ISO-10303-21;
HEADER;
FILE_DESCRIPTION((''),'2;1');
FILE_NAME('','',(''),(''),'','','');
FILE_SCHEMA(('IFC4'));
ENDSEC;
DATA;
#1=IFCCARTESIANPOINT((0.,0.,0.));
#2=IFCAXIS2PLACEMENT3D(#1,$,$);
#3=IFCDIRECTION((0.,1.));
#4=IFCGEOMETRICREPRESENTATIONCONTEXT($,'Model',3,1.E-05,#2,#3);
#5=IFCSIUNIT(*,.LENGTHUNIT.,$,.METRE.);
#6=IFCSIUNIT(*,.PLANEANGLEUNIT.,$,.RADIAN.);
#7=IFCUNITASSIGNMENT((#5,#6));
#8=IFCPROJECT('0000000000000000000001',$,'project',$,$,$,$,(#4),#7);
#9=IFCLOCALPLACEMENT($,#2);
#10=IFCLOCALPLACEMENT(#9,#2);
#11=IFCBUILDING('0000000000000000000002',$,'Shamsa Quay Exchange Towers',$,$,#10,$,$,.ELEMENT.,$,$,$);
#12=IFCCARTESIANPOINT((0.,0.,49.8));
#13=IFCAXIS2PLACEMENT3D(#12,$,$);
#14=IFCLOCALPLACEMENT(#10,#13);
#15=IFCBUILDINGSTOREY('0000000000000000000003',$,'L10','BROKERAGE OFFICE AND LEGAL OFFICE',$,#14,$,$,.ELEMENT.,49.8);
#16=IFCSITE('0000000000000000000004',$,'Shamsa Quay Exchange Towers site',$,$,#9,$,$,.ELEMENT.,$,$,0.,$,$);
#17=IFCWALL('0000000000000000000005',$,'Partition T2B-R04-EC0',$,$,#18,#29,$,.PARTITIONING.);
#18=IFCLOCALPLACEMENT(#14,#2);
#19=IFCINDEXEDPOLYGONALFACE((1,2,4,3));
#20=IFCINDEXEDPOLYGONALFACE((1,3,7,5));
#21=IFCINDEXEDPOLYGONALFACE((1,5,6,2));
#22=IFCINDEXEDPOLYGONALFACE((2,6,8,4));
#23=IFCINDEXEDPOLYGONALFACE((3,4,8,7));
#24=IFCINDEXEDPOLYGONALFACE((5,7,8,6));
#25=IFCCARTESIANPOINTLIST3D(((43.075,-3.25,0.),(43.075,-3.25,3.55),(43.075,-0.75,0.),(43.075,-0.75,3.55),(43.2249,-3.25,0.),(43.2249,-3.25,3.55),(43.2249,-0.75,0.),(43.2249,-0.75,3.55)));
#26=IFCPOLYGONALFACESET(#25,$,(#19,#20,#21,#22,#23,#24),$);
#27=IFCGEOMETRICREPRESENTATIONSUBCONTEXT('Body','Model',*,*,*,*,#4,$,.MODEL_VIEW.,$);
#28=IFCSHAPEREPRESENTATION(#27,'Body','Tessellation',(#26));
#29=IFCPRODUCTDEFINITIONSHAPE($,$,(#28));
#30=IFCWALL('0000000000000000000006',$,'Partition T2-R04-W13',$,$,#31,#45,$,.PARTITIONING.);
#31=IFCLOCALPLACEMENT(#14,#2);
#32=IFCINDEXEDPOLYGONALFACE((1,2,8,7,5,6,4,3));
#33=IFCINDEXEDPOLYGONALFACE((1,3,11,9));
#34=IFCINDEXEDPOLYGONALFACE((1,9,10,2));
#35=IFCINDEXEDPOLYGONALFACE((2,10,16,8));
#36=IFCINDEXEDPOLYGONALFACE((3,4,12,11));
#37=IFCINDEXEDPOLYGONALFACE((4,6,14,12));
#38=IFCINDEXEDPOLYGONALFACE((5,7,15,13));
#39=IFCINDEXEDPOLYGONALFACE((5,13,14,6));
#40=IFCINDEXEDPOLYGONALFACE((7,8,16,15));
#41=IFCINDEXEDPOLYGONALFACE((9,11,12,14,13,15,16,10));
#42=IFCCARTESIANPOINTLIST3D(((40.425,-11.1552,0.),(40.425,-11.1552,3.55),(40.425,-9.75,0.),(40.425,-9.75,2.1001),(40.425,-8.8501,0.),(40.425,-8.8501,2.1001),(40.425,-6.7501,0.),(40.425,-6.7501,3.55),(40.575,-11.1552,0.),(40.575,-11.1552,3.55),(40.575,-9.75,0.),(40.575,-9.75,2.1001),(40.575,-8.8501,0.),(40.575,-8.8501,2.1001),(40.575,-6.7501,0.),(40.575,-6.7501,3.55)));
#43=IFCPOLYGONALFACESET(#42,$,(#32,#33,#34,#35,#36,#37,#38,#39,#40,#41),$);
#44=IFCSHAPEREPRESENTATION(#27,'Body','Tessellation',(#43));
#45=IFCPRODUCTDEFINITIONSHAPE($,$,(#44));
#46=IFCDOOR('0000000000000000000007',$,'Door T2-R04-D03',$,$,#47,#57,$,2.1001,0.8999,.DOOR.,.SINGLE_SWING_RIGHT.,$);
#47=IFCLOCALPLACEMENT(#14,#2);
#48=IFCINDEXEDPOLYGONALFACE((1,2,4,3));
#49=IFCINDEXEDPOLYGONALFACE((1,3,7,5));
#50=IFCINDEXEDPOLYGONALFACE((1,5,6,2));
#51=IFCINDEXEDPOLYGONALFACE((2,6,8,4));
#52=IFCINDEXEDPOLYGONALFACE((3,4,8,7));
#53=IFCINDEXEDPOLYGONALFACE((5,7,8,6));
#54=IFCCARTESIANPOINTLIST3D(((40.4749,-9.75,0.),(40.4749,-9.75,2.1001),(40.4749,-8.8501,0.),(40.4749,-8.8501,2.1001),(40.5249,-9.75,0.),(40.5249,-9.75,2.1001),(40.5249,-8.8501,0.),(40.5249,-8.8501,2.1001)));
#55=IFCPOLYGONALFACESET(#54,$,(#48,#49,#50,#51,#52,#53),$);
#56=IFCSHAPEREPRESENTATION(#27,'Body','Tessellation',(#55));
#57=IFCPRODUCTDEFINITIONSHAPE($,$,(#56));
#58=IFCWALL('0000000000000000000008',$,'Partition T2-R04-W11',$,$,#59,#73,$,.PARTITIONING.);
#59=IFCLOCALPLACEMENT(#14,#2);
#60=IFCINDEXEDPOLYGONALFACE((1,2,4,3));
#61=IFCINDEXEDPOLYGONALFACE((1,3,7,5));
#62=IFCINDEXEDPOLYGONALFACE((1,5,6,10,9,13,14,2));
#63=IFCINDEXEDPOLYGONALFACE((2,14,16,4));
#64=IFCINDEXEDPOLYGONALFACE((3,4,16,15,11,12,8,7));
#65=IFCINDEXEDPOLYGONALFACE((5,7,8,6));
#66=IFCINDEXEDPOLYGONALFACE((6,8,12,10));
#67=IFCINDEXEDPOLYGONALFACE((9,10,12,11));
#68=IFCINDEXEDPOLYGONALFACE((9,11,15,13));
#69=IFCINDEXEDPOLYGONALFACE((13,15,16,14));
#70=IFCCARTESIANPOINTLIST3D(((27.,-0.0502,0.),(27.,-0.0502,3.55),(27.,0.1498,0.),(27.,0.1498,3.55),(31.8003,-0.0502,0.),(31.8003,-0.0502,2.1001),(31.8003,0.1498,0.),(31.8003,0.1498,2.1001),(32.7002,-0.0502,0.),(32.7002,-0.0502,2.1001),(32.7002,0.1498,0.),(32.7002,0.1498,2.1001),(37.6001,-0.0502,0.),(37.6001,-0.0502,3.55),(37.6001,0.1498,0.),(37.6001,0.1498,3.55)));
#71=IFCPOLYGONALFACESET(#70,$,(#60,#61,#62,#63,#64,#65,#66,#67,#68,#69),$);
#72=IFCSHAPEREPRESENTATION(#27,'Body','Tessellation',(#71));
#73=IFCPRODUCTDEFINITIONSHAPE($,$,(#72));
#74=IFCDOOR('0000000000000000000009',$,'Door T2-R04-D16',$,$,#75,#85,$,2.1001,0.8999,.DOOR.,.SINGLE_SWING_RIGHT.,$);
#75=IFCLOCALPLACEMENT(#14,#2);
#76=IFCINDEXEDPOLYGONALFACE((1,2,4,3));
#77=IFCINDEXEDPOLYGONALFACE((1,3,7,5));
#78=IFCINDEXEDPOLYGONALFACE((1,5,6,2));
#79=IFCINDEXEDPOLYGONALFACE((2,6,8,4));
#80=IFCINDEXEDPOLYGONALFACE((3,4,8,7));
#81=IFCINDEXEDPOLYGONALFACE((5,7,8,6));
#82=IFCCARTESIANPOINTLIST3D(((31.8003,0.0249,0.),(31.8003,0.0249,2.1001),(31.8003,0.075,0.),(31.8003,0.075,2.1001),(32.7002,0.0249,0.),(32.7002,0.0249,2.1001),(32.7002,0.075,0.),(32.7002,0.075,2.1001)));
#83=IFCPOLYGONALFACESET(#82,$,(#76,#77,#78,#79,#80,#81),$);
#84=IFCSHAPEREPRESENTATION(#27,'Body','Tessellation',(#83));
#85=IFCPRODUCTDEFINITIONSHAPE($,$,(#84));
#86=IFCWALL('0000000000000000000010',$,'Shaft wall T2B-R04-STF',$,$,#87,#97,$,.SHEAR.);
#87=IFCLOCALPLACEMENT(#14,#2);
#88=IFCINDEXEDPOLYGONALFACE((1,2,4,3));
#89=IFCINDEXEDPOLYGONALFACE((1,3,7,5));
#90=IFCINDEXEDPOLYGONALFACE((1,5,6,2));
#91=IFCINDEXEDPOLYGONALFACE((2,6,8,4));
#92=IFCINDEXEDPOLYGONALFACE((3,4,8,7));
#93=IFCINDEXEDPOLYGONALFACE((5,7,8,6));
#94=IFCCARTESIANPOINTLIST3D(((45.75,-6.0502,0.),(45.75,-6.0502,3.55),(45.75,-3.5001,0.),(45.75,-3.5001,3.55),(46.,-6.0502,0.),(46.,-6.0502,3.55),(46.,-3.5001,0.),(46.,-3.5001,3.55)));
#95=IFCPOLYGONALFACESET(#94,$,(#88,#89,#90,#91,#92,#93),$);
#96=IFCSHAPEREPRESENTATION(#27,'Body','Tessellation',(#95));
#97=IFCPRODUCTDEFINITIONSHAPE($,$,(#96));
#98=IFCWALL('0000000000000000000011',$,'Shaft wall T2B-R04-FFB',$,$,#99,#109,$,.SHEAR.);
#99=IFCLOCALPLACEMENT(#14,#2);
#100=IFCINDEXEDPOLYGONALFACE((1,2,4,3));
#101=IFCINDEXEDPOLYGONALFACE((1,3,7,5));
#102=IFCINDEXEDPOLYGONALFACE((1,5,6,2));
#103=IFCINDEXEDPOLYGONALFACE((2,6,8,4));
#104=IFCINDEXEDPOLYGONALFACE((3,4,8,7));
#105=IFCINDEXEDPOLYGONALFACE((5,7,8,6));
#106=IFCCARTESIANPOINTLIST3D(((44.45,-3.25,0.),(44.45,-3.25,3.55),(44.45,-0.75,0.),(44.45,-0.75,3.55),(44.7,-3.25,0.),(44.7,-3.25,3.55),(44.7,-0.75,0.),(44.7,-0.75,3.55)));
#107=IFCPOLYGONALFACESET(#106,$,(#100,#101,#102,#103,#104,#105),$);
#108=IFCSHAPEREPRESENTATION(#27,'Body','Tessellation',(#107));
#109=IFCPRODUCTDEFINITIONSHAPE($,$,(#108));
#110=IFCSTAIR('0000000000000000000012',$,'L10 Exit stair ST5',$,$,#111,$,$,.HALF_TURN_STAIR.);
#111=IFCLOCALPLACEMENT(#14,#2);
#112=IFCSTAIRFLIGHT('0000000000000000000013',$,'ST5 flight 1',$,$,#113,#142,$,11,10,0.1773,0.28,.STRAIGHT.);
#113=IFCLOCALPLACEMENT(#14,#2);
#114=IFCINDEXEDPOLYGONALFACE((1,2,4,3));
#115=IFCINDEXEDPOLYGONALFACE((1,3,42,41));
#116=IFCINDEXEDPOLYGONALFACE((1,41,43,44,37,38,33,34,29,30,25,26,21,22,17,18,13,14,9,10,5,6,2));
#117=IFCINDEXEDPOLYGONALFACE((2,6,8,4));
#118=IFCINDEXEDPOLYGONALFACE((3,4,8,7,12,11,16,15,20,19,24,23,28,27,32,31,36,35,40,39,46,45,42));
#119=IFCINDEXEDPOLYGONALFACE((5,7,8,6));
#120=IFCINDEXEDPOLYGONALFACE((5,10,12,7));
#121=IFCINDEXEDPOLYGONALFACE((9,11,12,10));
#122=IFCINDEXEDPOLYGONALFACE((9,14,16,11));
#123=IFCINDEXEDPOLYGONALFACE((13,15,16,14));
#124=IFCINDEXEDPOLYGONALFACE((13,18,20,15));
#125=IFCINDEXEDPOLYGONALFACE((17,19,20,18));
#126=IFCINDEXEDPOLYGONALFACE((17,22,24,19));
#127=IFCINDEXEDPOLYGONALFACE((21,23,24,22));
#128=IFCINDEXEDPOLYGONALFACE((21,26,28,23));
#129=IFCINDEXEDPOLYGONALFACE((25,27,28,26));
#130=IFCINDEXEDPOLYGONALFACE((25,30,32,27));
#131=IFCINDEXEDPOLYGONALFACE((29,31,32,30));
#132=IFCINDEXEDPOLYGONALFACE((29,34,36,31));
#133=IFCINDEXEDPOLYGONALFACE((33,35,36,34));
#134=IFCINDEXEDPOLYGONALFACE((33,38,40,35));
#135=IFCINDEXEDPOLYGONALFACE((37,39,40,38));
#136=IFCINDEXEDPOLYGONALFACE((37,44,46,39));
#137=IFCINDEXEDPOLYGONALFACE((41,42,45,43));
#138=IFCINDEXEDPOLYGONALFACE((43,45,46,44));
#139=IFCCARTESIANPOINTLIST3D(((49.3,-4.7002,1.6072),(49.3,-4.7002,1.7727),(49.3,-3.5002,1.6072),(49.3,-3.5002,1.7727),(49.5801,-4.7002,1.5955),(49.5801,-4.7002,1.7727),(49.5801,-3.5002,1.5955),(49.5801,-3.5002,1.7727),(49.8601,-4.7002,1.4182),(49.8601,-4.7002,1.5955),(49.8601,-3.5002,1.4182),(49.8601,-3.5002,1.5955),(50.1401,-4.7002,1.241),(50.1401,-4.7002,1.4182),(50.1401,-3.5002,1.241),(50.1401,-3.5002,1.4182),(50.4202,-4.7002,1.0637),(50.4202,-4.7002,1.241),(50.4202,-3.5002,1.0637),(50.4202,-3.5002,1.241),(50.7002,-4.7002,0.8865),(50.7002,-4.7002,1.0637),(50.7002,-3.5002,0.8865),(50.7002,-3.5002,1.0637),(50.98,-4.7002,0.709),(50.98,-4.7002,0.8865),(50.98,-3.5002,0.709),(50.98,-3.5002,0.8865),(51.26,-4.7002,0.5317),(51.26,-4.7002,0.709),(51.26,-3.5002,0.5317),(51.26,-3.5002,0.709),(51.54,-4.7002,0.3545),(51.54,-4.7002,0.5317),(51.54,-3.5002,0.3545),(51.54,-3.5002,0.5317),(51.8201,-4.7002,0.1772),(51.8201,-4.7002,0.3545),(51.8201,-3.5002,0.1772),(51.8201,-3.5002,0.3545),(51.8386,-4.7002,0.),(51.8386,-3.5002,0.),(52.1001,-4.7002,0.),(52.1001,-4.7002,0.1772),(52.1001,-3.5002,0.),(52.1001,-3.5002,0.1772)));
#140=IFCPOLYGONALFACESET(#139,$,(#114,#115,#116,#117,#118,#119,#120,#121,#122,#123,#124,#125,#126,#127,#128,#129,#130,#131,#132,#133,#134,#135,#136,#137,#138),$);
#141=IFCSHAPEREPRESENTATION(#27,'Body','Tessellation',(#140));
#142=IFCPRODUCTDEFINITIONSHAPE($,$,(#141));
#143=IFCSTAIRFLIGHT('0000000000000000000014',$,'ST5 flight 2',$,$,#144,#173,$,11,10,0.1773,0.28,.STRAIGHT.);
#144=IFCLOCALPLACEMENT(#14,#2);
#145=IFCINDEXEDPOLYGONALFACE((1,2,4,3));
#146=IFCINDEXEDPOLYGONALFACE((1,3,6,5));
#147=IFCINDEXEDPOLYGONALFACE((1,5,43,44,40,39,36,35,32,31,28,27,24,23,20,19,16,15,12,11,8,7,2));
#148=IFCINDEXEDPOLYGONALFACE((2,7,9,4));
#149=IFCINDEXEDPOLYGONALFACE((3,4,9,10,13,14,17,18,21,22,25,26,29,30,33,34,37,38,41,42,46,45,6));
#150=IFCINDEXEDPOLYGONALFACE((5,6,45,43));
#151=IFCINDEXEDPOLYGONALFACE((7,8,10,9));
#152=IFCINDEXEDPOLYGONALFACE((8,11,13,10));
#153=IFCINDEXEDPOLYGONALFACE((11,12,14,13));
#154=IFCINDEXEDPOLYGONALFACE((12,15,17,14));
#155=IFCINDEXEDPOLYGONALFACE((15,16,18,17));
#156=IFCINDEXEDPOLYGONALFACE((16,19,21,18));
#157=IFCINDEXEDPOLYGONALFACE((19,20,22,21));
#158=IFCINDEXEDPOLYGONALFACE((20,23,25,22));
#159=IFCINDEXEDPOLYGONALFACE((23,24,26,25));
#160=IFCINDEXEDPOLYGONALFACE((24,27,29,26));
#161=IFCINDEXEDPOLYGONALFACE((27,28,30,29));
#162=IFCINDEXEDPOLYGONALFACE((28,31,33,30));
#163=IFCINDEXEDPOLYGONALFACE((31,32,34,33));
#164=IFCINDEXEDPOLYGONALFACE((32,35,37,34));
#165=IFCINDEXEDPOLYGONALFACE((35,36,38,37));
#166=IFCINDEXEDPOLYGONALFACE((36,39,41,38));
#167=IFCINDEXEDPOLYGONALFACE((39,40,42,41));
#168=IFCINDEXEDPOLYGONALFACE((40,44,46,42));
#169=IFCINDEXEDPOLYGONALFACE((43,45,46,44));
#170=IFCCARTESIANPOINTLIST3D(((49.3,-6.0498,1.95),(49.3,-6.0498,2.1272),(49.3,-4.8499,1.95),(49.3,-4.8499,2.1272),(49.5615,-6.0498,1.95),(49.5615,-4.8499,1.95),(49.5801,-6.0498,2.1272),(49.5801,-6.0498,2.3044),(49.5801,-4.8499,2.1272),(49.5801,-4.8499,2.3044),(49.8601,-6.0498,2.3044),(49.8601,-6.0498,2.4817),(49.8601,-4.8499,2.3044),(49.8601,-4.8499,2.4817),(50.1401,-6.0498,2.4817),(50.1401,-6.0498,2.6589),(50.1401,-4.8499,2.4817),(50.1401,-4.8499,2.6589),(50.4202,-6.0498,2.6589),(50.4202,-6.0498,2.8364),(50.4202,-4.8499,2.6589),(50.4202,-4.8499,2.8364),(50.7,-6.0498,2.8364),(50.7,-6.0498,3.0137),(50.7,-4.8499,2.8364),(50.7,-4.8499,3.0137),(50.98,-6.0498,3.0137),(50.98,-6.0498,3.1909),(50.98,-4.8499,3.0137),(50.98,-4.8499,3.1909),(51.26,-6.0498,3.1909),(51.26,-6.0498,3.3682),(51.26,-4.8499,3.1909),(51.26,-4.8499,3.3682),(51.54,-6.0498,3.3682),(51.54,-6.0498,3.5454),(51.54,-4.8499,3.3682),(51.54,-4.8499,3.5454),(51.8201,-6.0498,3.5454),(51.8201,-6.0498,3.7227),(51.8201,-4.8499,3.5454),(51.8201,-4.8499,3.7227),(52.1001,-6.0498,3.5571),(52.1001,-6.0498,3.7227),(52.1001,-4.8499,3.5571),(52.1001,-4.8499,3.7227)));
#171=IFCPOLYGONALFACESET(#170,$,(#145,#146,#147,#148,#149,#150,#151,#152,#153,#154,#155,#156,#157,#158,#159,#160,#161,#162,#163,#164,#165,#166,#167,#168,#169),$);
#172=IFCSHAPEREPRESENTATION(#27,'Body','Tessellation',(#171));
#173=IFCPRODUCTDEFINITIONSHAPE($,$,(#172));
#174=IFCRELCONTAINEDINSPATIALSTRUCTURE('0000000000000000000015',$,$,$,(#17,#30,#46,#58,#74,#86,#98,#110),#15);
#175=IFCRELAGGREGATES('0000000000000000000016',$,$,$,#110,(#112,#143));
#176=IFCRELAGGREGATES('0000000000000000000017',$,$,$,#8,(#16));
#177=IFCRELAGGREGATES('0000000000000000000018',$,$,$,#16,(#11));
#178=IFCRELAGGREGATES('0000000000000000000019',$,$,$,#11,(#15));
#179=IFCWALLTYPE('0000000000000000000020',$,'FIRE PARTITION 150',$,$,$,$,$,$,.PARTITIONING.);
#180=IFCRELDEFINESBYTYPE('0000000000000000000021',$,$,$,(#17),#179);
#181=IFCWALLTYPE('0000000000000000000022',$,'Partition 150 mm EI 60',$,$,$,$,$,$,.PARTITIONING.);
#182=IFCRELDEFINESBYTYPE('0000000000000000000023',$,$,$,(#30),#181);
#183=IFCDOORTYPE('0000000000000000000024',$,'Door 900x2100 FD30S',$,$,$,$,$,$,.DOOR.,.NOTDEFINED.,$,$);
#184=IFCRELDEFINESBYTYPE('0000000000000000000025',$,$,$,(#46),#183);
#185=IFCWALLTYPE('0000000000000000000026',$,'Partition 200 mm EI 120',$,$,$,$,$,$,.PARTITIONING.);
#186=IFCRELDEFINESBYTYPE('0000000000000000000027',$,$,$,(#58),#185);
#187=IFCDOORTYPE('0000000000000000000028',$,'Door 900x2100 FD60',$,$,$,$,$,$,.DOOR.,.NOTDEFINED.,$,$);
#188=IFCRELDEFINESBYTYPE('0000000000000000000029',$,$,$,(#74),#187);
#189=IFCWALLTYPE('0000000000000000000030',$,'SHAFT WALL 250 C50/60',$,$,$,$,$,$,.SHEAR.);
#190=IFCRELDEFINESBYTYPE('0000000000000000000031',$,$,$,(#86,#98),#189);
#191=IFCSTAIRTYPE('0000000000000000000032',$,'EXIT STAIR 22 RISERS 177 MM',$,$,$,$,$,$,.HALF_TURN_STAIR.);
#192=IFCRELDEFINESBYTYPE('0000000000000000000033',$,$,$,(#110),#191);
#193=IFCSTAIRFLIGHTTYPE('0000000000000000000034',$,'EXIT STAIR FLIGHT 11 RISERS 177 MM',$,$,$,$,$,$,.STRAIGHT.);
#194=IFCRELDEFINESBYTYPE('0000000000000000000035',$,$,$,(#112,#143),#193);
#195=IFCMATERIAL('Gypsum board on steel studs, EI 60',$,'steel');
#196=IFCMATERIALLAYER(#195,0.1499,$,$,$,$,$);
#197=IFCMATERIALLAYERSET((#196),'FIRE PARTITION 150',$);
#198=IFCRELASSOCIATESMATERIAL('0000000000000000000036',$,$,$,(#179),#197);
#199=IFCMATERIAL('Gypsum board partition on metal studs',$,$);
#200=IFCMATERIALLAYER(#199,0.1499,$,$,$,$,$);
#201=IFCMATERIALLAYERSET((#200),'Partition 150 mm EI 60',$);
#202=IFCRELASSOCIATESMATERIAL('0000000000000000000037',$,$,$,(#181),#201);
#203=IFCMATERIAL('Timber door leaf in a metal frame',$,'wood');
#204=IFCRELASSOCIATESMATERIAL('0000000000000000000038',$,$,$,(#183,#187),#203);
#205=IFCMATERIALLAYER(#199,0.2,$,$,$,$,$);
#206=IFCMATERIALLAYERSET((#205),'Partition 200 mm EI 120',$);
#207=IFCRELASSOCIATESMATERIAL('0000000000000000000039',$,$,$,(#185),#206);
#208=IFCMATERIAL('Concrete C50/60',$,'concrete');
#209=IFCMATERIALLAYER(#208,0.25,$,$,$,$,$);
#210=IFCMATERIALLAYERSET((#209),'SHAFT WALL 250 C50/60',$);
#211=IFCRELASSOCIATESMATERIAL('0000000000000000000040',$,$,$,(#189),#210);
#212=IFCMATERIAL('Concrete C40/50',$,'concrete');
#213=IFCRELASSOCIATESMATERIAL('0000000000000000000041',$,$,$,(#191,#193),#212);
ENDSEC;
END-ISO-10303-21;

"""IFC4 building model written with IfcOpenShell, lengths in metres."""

from ifc_helpers import new_model, si_unit, direction, frame, frame_2d, origin, place, context, subcontext, project, spatial, polyline, rectangle, outline, extrude, material, layer, layer_set, type_object, element, fill, aggregate, save


model = new_model("IFC4")

# Units and contexts
model_context = context("Model", 3, precision=1e-05, world=origin(), true_north=direction((0.0, 1.0)))
body_context = subcontext(model_context, "Body", "Model", "MODEL_VIEW")
ifc_project = project(units=[si_unit("LENGTHUNIT", "METRE"), si_unit("PLANEANGLEUNIT", "RADIAN")], contexts=[model_context])

# Site, building, storey
site_placement = place(None, origin())
site = spatial("IfcSite", under=ifc_project, at=site_placement, Name="Shamsa Quay Exchange Towers site", CompositionType="ELEMENT", RefElevation=0.0)
building_placement = place(site_placement, origin())
building = spatial("IfcBuilding", under=site, at=building_placement, Name="Shamsa Quay Exchange Towers", CompositionType="ELEMENT")
storey_placement = place(building_placement, frame((0.0, 0.0, 49.8)))
storey = spatial("IfcBuildingStorey", under=building, at=storey_placement, Name="L10", Description="BROKERAGE OFFICE AND LEGAL OFFICE", CompositionType="ELEMENT", Elevation=49.8)

# Wall
ifc_material_1 = material(Name="Gypsum board on steel studs, EI 60", Category="steel")
ifc_layer_1 = layer(ifc_material_1, 0.1499)
ifc_layer_set_1 = layer_set([ifc_layer_1], Name="FIRE PARTITION 150")
wall_type_1 = type_object("IfcWallType", Name="FIRE PARTITION 150", PredefinedType="PARTITIONING", material=ifc_layer_set_1)
wall_1_placement = place(storey_placement, frame((43.1499, -3.25, 0.0), z_axis=(0.0, 0.0, 1.0), x_axis=(0.0, 1.0, 0.0)))
element("IfcWall", 1, at=wall_1_placement, inside=storey, type_object=wall_type_1, Name="Partition T2B-R04-EC0", PredefinedType="PARTITIONING", context=body_context, shape_type="SweptSolid", body=[
    extrude(rectangle(XDim=2.5, YDim=0.1499, at=frame_2d((1.25, 0.0))), origin(), (0.0, 0.0, 1.0), 3.55),
])

# Walls, openings, doors
ifc_material_2 = material(Name="Gypsum board partition on metal studs")
ifc_layer_2 = layer(ifc_material_2, 0.1499)
ifc_layer_set_2 = layer_set([ifc_layer_2], Name="Partition 150 mm EI 60")
wall_type_2 = type_object("IfcWallType", Name="Partition 150 mm EI 60", PredefinedType="PARTITIONING", material=ifc_layer_set_2)
wall_2_placement = place(storey_placement, frame((40.5, -6.75, 0.0), z_axis=(0.0, 0.0, 1.0), x_axis=(0.0, -1.0, 0.0)))
wall_2 = element("IfcWall", 2, at=wall_2_placement, inside=storey, type_object=wall_type_2, Name="Partition T2-R04-W13", PredefinedType="PARTITIONING", context=body_context, shape_type="SweptSolid", body=[
    extrude(rectangle(XDim=4.405, YDim=0.1499, at=frame_2d((2.2026, 0.0))), origin(), (0.0, 0.0, 1.0), 3.55),
])
opening_1_placement = place(wall_2_placement, frame((2.1001, 0.0, 0.0)))
opening_1 = element("IfcOpeningElement", 3, at=opening_1_placement, cuts=wall_2, PredefinedType="OPENING", context=body_context, shape_type="SweptSolid", body=[
    extrude(rectangle(XDim=0.8999, YDim=2.1001, at=frame_2d((0.45, 1.05))), frame((0.0, 0.085, 0.0), z_axis=(0.0, -1.0, 0.0), x_axis=(1.0, 0.0, 0.0)), (0.0, 0.0, 1.0), 0.1699),
])
ifc_material_3 = material(Name="Timber door leaf in a metal frame", Category="wood")
door_type_1 = type_object("IfcDoorType", Name="Door 900x2100 FD30S", OperationType="NOTDEFINED", PredefinedType="DOOR", material=ifc_material_3)
door_1_placement = place(opening_1_placement, origin())
door_1 = element("IfcDoor", 4, at=door_1_placement, inside=storey, type_object=door_type_1, Name="Door T2-R04-D03", OperationType="SINGLE_SWING_RIGHT", OverallHeight=2.1001, OverallWidth=0.8999, PredefinedType="DOOR", context=body_context, shape_type="SweptSolid", body=[
    extrude(rectangle(XDim=0.8999, YDim=2.1001, at=frame_2d((0.45, 1.05))), frame((0.0, 0.0249, 0.0), z_axis=(0.0, -1.0, 0.0), x_axis=(1.0, 0.0, 0.0)), (0.0, 0.0, 1.0), 0.05),
])
fill(opening_1, door_1)
ifc_layer_3 = layer(ifc_material_2, 0.2)
ifc_layer_set_3 = layer_set([ifc_layer_3], Name="Partition 200 mm EI 120")
wall_type_3 = type_object("IfcWallType", Name="Partition 200 mm EI 120", PredefinedType="PARTITIONING", material=ifc_layer_set_3)
wall_3_placement = place(storey_placement, frame((37.6001, 0.0498, 0.0), z_axis=(0.0, 0.0, 1.0), x_axis=(-1.0, 0.0, 0.0)))
wall_3 = element("IfcWall", 5, at=wall_3_placement, inside=storey, type_object=wall_type_3, Name="Partition T2-R04-W11", PredefinedType="PARTITIONING", context=body_context, shape_type="SweptSolid", body=[
    extrude(rectangle(XDim=10.6001, YDim=0.2, at=frame_2d((5.3, 0.0))), origin(), (0.0, 0.0, 1.0), 3.55),
])
opening_2_placement = place(wall_3_placement, frame((4.8999, 0.0, 0.0)))
opening_2 = element("IfcOpeningElement", 6, at=opening_2_placement, cuts=wall_3, PredefinedType="OPENING", context=body_context, shape_type="SweptSolid", body=[
    extrude(rectangle(XDim=0.8999, YDim=2.1001, at=frame_2d((0.45, 1.05))), frame((0.0, 0.1099, 0.0), z_axis=(0.0, -1.0, 0.0), x_axis=(1.0, 0.0, 0.0)), (0.0, 0.0, 1.0), 0.22),
])
door_type_2 = type_object("IfcDoorType", Name="Door 900x2100 FD60", OperationType="NOTDEFINED", PredefinedType="DOOR", material=ifc_material_3)
door_2_placement = place(opening_2_placement, origin())
door_2 = element("IfcDoor", 7, at=door_2_placement, inside=storey, type_object=door_type_2, Name="Door T2-R04-D16", OperationType="SINGLE_SWING_RIGHT", OverallHeight=2.1001, OverallWidth=0.8999, PredefinedType="DOOR", context=body_context, shape_type="SweptSolid", body=[
    extrude(rectangle(XDim=0.8999, YDim=2.1001, at=frame_2d((0.45, 1.05))), frame((0.0, 0.0249, 0.0), z_axis=(0.0, -1.0, 0.0), x_axis=(1.0, 0.0, 0.0)), (0.0, 0.0, 1.0), 0.05),
])
fill(opening_2, door_2)

# Wall
ifc_material_4 = material(Name="Concrete C50/60", Category="concrete")
ifc_layer_4 = layer(ifc_material_4, 0.25)
ifc_layer_set_4 = layer_set([ifc_layer_4], Name="SHAFT WALL 250 C50/60")
wall_type_4 = type_object("IfcWallType", Name="SHAFT WALL 250 C50/60", PredefinedType="SHEAR", material=ifc_layer_set_4)
wall_4_placement = place(storey_placement, frame((45.875, -6.05, 0.0), z_axis=(0.0, 0.0, 1.0), x_axis=(0.0, 1.0, 0.0)))
element("IfcWall", 8, at=wall_4_placement, inside=storey, type_object=wall_type_4, Name="Shaft wall T2B-R04-STF", PredefinedType="SHEAR", context=body_context, shape_type="SweptSolid", body=[
    extrude(rectangle(XDim=2.55, YDim=0.25, at=frame_2d((1.2749, 0.0))), origin(), (0.0, 0.0, 1.0), 3.55),
])

# Wall
wall_5_placement = place(storey_placement, frame((44.575, -3.25, 0.0), z_axis=(0.0, 0.0, 1.0), x_axis=(0.0, 1.0, 0.0)))
element("IfcWall", 9, at=wall_5_placement, inside=storey, type_object=wall_type_4, Name="Shaft wall T2B-R04-FFB", PredefinedType="SHEAR", context=body_context, shape_type="SweptSolid", body=[
    extrude(rectangle(XDim=2.5, YDim=0.25, at=frame_2d((1.25, 0.0))), origin(), (0.0, 0.0, 1.0), 3.55),
])

# Stair, stair flights
ifc_material_5 = material(Name="Concrete C40/50", Category="concrete")
stair_type = type_object("IfcStairType", Name="EXIT STAIR 22 RISERS 177 MM", PredefinedType="HALF_TURN_STAIR", material=ifc_material_5)
stair_placement = place(storey_placement, origin())
stair = element("IfcStair", 10, at=stair_placement, inside=storey, type_object=stair_type, Name="L10 Exit stair ST5", PredefinedType="HALF_TURN_STAIR")
stair_flight_type = type_object("IfcStairFlightType", Name="EXIT STAIR FLIGHT 11 RISERS 177 MM", PredefinedType="STRAIGHT", material=ifc_material_5)
stair_flight_1_placement = place(storey_placement, frame((52.1001, -4.1001, 0.0), z_axis=(0.0, 0.0, 1.0), x_axis=(-1.0, 0.0, 0.0)))
stair_flight_1 = element("IfcStairFlight", 11, at=stair_flight_1_placement, type_object=stair_flight_type, Name="ST5 flight 1", NumberOfRisers=11, NumberOfTreads=10, PredefinedType="STRAIGHT", RiserHeight=0.1773, TreadLength=0.28, context=body_context, shape_type="SweptSolid", body=[
    extrude(outline(polyline([(0.0, 0.0), (0.0, 0.1772), (0.28, 0.1772), (0.28, 0.3545), (0.5601, 0.3545), (0.5601, 0.5317), (0.8401, 0.5317), (0.8401, 0.709), (1.1201, 0.709), (1.1201, 0.8865), (1.3999, 0.8865), (1.3999, 1.0637), (1.6799, 1.0637), (1.6799, 1.241), (1.96, 1.241), (1.96, 1.4182), (2.24, 1.4182), (2.24, 1.5955), (2.52, 1.5955), (2.52, 1.7727), (2.8, 1.7727), (2.8, 1.95), (2.8, 1.6072), (0.2615, 0.0), (0.0, 0.0)])), frame((0.0, 0.6001, 0.0), z_axis=(0.0, -1.0, 0.0), x_axis=(1.0, 0.0, 0.0)), (0.0, 0.0, 1.0), 1.2),
])
stair_flight_2_placement = place(storey_placement, frame((49.3, -5.45, 1.95)))
stair_flight_2 = element("IfcStairFlight", 12, at=stair_flight_2_placement, type_object=stair_flight_type, Name="ST5 flight 2", NumberOfRisers=11, NumberOfTreads=10, PredefinedType="STRAIGHT", RiserHeight=0.1773, TreadLength=0.28, context=body_context, shape_type="SweptSolid", body=[
    extrude(outline(polyline([(0.0, 0.0), (0.0, 0.1772), (0.28, 0.1772), (0.28, 0.3545), (0.5601, 0.3545), (0.5601, 0.5317), (0.8401, 0.5317), (0.8401, 0.709), (1.1201, 0.709), (1.1201, 0.8865), (1.3999, 0.8865), (1.3999, 1.0637), (1.6799, 1.0637), (1.6799, 1.241), (1.96, 1.241), (1.96, 1.4182), (2.24, 1.4182), (2.24, 1.5955), (2.52, 1.5955), (2.52, 1.7727), (2.8, 1.7727), (2.8, 1.95), (2.8, 1.6072), (0.2615, 0.0), (0.0, 0.0)])), frame((0.0, 0.6001, 0.0), z_axis=(0.0, -1.0, 0.0), x_axis=(1.0, 0.0, 0.0)), (0.0, 0.0, 1.0), 1.2),
])
aggregate(stair, [stair_flight_1, stair_flight_2])

save(model, "model.ifc")
